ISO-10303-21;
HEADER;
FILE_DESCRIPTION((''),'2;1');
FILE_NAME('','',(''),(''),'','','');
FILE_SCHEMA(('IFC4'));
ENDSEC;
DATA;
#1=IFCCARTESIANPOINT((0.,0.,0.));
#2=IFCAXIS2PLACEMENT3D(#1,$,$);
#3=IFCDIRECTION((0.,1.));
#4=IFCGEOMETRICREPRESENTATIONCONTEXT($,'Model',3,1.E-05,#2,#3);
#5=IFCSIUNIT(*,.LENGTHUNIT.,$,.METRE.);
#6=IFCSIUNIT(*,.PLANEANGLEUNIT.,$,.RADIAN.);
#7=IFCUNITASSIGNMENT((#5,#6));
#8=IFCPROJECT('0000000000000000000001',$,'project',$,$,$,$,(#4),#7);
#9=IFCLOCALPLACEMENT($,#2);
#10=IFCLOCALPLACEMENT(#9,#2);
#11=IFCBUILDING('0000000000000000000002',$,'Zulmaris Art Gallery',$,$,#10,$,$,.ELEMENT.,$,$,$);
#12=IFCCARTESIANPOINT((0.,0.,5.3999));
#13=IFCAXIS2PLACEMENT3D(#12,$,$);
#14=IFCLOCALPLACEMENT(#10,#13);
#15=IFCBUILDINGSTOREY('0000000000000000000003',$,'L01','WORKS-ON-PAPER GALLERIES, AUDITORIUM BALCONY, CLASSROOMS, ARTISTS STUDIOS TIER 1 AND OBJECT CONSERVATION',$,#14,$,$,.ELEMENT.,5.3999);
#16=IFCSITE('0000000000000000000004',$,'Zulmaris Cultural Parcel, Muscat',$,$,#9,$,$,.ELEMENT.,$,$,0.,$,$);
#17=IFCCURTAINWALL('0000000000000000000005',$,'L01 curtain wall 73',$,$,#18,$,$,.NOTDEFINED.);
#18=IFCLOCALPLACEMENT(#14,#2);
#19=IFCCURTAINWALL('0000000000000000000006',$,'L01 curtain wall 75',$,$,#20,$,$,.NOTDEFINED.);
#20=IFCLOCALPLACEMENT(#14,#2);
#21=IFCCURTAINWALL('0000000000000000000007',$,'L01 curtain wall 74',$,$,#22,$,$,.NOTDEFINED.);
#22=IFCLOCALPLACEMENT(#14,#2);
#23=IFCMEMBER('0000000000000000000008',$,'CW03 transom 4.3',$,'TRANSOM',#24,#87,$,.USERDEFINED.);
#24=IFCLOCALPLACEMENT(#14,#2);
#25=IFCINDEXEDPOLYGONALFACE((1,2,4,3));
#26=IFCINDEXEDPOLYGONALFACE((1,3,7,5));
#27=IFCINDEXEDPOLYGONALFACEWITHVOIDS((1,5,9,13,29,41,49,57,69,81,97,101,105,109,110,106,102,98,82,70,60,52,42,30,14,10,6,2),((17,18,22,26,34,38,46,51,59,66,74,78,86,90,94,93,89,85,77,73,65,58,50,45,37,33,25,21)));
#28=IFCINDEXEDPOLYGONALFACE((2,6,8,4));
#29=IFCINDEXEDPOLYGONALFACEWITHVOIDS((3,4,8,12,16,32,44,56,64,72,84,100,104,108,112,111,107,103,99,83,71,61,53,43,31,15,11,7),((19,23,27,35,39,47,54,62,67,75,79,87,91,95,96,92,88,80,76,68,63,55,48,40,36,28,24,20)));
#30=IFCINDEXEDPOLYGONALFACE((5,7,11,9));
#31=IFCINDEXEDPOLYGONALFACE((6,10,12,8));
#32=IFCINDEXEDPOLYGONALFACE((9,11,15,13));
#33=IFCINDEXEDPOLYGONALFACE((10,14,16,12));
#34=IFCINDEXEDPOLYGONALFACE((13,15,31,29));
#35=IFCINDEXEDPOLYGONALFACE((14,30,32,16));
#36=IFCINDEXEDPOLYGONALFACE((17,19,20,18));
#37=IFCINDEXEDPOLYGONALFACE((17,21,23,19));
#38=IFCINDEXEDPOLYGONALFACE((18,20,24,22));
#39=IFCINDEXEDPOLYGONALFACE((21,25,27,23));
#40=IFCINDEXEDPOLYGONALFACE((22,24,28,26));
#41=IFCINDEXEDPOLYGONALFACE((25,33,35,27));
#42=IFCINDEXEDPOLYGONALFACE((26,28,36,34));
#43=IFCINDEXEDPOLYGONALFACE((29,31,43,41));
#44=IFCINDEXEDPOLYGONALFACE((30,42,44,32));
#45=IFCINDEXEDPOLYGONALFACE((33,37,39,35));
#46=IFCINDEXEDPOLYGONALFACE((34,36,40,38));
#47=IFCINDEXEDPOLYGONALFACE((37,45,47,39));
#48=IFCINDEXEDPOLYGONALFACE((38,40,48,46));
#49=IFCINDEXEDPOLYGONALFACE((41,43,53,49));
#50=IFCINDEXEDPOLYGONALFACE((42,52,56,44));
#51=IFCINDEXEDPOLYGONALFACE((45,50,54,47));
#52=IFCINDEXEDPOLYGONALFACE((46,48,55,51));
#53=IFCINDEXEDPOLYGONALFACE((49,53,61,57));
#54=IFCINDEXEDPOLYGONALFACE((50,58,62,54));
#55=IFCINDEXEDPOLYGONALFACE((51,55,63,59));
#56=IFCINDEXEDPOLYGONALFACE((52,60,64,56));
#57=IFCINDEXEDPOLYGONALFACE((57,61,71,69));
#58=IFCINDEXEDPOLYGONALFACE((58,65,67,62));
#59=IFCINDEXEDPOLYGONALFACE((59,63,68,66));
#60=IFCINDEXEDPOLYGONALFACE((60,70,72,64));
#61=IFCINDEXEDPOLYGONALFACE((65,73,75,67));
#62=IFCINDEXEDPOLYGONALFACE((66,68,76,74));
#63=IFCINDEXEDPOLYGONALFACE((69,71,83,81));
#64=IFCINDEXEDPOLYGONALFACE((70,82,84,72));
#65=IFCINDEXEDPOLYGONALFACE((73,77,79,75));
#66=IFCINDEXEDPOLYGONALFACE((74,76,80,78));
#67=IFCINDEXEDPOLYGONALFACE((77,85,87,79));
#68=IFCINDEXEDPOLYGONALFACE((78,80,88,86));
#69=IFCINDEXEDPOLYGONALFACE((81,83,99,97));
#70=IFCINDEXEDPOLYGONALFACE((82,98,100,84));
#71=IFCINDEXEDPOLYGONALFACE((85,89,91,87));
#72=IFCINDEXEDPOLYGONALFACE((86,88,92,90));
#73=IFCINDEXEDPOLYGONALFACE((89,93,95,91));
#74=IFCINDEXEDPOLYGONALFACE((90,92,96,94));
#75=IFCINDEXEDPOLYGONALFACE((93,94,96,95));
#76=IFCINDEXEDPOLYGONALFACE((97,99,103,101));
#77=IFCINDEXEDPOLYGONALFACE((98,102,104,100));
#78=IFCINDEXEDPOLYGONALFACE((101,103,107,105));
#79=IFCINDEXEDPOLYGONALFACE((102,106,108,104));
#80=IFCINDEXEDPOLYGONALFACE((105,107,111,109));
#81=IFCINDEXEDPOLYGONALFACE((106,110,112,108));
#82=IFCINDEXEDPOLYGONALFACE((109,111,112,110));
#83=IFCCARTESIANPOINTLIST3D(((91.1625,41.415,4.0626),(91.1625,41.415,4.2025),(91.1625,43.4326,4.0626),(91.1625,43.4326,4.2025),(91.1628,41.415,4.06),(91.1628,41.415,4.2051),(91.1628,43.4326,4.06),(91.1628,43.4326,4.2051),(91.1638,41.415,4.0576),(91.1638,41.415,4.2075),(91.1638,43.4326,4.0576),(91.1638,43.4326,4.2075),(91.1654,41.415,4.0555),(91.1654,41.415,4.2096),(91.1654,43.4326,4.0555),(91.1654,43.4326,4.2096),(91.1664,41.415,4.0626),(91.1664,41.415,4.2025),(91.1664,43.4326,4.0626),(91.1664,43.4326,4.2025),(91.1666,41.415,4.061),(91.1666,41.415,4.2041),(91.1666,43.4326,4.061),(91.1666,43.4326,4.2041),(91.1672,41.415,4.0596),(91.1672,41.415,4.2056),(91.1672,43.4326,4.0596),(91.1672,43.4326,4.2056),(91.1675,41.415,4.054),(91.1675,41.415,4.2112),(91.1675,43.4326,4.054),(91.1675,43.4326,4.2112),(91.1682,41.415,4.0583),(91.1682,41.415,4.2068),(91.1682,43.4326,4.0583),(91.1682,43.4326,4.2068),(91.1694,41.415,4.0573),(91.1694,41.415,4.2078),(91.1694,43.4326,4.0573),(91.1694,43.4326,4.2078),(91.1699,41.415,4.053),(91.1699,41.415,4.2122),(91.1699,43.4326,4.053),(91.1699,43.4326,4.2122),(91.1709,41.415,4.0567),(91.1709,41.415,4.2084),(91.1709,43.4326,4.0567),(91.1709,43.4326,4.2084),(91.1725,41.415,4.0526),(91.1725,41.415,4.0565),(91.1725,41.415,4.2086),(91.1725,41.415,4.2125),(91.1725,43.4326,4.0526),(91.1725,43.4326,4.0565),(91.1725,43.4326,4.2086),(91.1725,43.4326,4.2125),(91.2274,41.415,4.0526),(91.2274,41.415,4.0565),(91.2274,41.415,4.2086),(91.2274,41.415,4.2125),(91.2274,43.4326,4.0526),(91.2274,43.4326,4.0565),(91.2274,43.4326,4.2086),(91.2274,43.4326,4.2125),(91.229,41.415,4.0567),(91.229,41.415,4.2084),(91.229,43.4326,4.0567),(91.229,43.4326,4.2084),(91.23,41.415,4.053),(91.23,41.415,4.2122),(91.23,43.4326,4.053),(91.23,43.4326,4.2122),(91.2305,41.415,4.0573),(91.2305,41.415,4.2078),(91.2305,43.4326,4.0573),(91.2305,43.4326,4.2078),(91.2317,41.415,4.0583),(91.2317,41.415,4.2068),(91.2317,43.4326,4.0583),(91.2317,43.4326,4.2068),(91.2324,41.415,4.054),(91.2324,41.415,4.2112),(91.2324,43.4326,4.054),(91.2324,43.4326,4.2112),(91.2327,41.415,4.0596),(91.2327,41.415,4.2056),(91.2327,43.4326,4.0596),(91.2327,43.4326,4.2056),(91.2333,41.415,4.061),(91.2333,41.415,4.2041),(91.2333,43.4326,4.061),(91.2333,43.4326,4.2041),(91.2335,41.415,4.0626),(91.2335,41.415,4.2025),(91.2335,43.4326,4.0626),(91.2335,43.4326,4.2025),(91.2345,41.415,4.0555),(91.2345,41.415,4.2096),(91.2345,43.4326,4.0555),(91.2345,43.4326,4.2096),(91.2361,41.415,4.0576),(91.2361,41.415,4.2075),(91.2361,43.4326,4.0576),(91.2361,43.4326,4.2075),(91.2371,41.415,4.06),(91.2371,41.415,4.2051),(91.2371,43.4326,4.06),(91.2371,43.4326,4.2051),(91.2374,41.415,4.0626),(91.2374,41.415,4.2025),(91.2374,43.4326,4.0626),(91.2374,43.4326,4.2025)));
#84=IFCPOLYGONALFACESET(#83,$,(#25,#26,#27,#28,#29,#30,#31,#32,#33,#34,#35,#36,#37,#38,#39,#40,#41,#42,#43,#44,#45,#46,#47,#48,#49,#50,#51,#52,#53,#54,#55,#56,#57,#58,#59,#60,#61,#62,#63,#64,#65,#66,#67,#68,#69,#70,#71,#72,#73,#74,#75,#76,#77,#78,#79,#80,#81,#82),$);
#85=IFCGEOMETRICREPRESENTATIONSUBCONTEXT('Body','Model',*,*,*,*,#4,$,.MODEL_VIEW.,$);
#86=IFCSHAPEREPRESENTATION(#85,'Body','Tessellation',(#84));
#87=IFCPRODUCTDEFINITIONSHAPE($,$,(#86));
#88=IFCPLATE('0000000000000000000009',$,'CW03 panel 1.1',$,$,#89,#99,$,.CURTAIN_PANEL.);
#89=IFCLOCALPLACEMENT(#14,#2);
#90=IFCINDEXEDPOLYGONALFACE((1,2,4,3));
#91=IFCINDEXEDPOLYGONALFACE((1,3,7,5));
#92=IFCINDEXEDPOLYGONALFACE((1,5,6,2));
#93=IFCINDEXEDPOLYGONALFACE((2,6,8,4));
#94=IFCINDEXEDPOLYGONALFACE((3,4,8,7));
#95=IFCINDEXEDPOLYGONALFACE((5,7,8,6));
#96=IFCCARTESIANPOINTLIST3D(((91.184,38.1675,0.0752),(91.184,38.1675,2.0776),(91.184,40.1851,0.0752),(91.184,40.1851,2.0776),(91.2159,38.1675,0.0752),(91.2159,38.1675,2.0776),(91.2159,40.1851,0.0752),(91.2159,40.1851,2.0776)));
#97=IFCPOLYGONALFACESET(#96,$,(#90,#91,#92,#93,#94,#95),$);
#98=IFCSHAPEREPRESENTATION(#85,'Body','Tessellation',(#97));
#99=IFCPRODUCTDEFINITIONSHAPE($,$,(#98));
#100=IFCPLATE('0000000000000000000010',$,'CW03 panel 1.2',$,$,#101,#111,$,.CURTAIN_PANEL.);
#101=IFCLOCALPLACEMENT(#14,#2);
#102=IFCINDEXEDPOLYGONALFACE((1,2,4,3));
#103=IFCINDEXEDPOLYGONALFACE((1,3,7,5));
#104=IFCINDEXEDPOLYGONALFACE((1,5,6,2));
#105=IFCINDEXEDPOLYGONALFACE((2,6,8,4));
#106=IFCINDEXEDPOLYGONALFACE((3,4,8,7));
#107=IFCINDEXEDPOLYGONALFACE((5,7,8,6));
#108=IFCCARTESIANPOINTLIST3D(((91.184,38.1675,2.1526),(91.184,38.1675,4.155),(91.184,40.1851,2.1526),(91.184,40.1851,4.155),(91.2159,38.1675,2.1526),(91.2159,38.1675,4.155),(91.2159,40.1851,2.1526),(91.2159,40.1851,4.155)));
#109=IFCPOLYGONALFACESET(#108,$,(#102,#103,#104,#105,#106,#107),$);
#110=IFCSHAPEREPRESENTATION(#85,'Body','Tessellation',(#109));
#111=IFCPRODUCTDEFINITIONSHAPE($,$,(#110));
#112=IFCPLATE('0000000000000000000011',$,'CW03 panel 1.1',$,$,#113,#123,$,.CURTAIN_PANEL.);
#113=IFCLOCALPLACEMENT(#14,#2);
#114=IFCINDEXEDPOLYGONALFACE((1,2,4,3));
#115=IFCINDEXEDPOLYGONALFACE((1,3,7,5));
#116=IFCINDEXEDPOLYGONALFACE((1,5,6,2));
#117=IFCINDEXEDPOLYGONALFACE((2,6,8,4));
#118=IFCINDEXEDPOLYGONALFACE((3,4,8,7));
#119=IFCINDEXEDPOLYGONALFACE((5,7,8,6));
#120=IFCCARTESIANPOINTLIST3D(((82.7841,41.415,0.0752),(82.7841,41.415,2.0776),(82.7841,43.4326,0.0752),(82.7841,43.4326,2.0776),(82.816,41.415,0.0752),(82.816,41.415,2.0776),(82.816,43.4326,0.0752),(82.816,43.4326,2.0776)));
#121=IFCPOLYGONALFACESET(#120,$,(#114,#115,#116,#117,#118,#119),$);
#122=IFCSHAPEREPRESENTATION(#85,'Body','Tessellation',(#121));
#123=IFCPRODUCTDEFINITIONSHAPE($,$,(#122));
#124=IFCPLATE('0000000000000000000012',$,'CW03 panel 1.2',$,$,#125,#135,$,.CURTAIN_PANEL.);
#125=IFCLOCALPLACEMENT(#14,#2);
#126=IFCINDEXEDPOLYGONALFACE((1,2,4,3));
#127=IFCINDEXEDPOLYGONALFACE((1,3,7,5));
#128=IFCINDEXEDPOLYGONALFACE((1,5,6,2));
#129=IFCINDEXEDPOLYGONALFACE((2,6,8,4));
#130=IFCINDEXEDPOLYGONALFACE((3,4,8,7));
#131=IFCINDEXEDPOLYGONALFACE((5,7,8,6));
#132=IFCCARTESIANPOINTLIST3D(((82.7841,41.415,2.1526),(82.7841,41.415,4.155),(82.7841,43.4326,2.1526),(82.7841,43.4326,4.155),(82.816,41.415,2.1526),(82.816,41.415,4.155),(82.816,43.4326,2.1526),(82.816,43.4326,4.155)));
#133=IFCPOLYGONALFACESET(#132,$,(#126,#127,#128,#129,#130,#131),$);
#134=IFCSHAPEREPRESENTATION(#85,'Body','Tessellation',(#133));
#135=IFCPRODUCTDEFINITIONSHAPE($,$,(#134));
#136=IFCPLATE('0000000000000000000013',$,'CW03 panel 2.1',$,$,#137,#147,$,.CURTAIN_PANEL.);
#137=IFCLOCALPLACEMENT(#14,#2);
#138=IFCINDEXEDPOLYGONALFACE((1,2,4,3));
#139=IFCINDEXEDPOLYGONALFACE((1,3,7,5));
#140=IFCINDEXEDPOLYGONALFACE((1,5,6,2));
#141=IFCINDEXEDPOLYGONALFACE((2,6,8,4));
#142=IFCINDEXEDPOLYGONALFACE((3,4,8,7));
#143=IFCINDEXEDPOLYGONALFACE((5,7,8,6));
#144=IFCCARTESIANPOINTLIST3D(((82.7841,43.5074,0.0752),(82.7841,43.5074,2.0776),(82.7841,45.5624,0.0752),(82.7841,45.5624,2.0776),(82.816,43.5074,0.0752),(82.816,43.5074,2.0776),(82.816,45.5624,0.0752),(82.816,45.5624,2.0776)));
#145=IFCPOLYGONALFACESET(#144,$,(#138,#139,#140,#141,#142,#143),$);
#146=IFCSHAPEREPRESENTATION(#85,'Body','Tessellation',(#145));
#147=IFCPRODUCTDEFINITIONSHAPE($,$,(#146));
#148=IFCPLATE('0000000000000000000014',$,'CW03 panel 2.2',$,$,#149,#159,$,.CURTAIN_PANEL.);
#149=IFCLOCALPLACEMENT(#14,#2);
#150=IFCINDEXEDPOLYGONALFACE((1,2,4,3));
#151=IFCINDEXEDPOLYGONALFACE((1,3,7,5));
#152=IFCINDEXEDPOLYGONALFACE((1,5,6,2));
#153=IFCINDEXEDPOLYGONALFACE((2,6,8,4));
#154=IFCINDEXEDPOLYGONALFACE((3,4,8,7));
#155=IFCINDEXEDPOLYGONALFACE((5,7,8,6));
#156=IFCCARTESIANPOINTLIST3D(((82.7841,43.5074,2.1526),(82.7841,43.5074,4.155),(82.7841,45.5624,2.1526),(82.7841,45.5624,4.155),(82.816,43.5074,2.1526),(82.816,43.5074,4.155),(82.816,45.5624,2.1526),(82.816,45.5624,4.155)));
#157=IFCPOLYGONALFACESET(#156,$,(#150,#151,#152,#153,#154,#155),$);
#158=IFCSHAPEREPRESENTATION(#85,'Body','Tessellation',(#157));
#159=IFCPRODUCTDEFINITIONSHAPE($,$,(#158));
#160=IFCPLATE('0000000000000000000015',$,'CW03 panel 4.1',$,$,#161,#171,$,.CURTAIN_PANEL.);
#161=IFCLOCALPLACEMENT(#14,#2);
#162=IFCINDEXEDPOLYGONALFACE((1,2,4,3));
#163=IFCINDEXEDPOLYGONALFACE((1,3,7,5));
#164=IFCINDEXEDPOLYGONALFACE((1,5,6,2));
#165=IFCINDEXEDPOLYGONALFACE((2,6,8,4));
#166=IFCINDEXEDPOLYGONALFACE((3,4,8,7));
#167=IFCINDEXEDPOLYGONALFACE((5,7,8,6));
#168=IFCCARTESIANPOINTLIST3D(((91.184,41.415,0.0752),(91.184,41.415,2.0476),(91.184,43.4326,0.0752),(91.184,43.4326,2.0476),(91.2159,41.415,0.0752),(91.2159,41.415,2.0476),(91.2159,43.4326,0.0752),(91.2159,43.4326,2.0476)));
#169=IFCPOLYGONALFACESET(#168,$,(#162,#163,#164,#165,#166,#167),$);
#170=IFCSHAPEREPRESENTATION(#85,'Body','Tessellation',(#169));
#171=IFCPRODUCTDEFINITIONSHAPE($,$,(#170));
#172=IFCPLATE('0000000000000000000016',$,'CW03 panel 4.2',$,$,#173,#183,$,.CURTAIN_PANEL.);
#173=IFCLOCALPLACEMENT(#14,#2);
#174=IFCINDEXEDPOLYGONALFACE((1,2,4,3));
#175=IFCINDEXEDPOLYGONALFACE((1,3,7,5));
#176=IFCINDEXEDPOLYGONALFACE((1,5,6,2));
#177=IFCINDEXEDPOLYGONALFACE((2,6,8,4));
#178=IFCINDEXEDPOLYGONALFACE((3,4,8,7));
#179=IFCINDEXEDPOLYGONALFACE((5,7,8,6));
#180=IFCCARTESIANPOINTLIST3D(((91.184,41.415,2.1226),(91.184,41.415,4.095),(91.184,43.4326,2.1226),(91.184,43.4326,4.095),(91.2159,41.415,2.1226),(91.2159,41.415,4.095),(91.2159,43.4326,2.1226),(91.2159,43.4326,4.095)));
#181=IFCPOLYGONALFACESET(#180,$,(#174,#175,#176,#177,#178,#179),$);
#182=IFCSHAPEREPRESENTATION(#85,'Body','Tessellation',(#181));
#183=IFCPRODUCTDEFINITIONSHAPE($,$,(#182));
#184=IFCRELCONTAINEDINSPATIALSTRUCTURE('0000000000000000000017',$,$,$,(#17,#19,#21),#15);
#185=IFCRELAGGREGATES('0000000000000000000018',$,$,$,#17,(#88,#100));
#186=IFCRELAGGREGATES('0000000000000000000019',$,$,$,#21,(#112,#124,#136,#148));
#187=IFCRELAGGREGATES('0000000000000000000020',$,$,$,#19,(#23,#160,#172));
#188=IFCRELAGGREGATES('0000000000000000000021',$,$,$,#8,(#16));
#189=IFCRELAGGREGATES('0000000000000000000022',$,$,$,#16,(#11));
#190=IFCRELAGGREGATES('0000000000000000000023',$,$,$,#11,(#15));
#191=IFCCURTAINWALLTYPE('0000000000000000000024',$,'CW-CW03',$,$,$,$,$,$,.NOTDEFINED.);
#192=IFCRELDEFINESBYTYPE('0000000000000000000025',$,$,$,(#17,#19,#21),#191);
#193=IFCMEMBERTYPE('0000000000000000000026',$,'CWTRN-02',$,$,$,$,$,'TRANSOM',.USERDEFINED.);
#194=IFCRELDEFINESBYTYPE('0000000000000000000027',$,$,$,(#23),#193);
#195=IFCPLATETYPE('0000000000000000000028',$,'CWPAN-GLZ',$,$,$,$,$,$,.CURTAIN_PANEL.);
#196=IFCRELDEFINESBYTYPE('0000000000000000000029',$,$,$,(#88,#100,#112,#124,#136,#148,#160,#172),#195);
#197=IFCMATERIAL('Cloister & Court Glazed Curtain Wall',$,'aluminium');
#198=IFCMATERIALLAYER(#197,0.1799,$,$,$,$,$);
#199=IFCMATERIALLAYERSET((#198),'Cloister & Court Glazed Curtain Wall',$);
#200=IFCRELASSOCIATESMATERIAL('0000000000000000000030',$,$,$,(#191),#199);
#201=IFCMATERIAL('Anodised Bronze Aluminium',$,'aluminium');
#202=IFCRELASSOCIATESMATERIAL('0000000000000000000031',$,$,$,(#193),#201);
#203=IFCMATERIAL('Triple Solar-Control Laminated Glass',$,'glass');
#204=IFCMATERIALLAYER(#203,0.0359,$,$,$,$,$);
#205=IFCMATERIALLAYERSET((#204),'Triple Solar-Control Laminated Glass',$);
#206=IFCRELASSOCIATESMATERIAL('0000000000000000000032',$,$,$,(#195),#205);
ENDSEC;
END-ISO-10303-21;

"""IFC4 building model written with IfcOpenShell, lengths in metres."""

from ifc_helpers import new_model, si_unit, direction, frame, origin, origin_2d, place, context, subcontext, project, spatial, rectangle, hollow_rectangle, extrude, material, layer, layer_set, material_profile, profile_set, type_object, element, aggregate, save


model = new_model("IFC4")

# Units and contexts
model_context = context("Model", 3, precision=1e-05, world=origin(), true_north=direction((0.0, 1.0)))
body_context = subcontext(model_context, "Body", "Model", "MODEL_VIEW")
ifc_project = project(units=[si_unit("LENGTHUNIT", "METRE"), si_unit("PLANEANGLEUNIT", "RADIAN")], contexts=[model_context])

# Site, building, storey
site_placement = place(None, origin())
site = spatial("IfcSite", under=ifc_project, at=site_placement, Name="Zulmaris Cultural Parcel, Muscat", CompositionType="ELEMENT", RefElevation=0.0)
building_placement = place(site_placement, origin())
building = spatial("IfcBuilding", under=site, at=building_placement, Name="Zulmaris Art Gallery", CompositionType="ELEMENT")
storey_placement = place(building_placement, frame((0.0, 0.0, 5.3999)))
storey = spatial("IfcBuildingStorey", under=building, at=storey_placement, Name="L01", Description="WORKS-ON-PAPER GALLERIES, AUDITORIUM BALCONY, CLASSROOMS, ARTISTS STUDIOS TIER 1 AND OBJECT CONSERVATION", CompositionType="ELEMENT", Elevation=5.3999)

# Curtain walls
ifc_material_1 = material(Name="Cloister & Court Glazed Curtain Wall", Category="aluminium")
ifc_layer_1 = layer(ifc_material_1, 0.1799)
ifc_layer_set_1 = layer_set([ifc_layer_1], Name="Cloister & Court Glazed Curtain Wall")
curtain_wall_type = type_object("IfcCurtainWallType", Name="CW-CW03", PredefinedType="NOTDEFINED", material=ifc_layer_set_1)
curtain_wall_1_placement = place(storey_placement, origin())
curtain_wall_1 = element("IfcCurtainWall", 1, at=curtain_wall_1_placement, inside=storey, type_object=curtain_wall_type, Name="L01 curtain wall 73", PredefinedType="NOTDEFINED")
ifc_material_2 = material(Name="Anodised Bronze Aluminium", Category="aluminium")
curtain_wall_2_placement = place(storey_placement, origin())
curtain_wall_2 = element("IfcCurtainWall", 2, at=curtain_wall_2_placement, inside=storey, type_object=curtain_wall_type, Name="L01 curtain wall 75", PredefinedType="NOTDEFINED")

# Shared definitions
ifc_material_profile_1 = material_profile(ifc_material_2, hollow_rectangle(XDim=0.075, YDim=0.1599, WallThickness=0.0039, InnerFilletRadius=0.0061, OuterFilletRadius=0.01, at=origin_2d()), Name="ALU 75x160x4")
ifc_profile_set_1 = profile_set([ifc_material_profile_1], Name="Anodised Bronze Aluminium")
member_type_1 = type_object("IfcMemberType", Name="CWTRN-02", ElementType="TRANSOM", PredefinedType="USERDEFINED", material=ifc_profile_set_1)

# Curtain wall
curtain_wall_3_placement = place(storey_placement, origin())
curtain_wall_3 = element("IfcCurtainWall", 3, at=curtain_wall_3_placement, inside=storey, type_object=curtain_wall_type, Name="L01 curtain wall 74", PredefinedType="NOTDEFINED")

# Member
member_1_placement = place(storey_placement, frame((91.2, 43.4326, 4.1326), z_axis=(0.0, -1.0, 0.0), x_axis=(1.0, 0.0, 0.0)))
member_1 = element("IfcMember", 4, at=member_1_placement, type_object=member_type_1, Name="CW03 transom 4.3", ObjectType="TRANSOM", PredefinedType="USERDEFINED", context=body_context, shape_type="SweptSolid", body=[
    extrude(hollow_rectangle(XDim=0.075, YDim=0.1599, WallThickness=0.0039, InnerFilletRadius=0.0061, OuterFilletRadius=0.01, at=origin_2d()), origin(), (0.0, 0.0, 1.0), 2.0176),
])

# Plates
ifc_material_3 = material(Name="Triple Solar-Control Laminated Glass", Category="glass")
ifc_layer_2 = layer(ifc_material_3, 0.0359)
ifc_layer_set_2 = layer_set([ifc_layer_2], Name="Triple Solar-Control Laminated Glass")
plate_type = type_object("IfcPlateType", Name="CWPAN-GLZ", PredefinedType="CURTAIN_PANEL", material=ifc_layer_set_2)
plate_1_placement = place(storey_placement, frame((91.2, 39.1763, 0.0752), z_axis=(0.0, 0.0, 1.0), x_axis=(0.0, -1.0, 0.0)))
plate_1 = element("IfcPlate", 5, at=plate_1_placement, type_object=plate_type, Name="CW03 panel 1.1", PredefinedType="CURTAIN_PANEL", context=body_context, shape_type="SweptSolid", body=[
    extrude(rectangle(XDim=2.0176, YDim=0.032, at=origin_2d()), origin(), (0.0, 0.0, 1.0), 2.0024),
])
plate_2_placement = place(storey_placement, frame((91.2, 39.1763, 2.1526), z_axis=(0.0, 0.0, 1.0), x_axis=(0.0, -1.0, 0.0)))
plate_2 = element("IfcPlate", 6, at=plate_2_placement, type_object=plate_type, Name="CW03 panel 1.2", PredefinedType="CURTAIN_PANEL", context=body_context, shape_type="SweptSolid", body=[
    extrude(rectangle(XDim=2.0176, YDim=0.032, at=origin_2d()), origin(), (0.0, 0.0, 1.0), 2.0024),
])
aggregate(curtain_wall_1, [plate_1, plate_2])
plate_3_placement = place(storey_placement, frame((82.8, 42.4238, 0.0752), z_axis=(0.0, 0.0, 1.0), x_axis=(0.0, 1.0, 0.0)))
plate_3 = element("IfcPlate", 7, at=plate_3_placement, type_object=plate_type, Name="CW03 panel 1.1", PredefinedType="CURTAIN_PANEL", context=body_context, shape_type="SweptSolid", body=[
    extrude(rectangle(XDim=2.0176, YDim=0.032, at=origin_2d()), origin(), (0.0, 0.0, 1.0), 2.0024),
])
plate_4_placement = place(storey_placement, frame((82.8, 42.4238, 2.1526), z_axis=(0.0, 0.0, 1.0), x_axis=(0.0, 1.0, 0.0)))
plate_4 = element("IfcPlate", 8, at=plate_4_placement, type_object=plate_type, Name="CW03 panel 1.2", PredefinedType="CURTAIN_PANEL", context=body_context, shape_type="SweptSolid", body=[
    extrude(rectangle(XDim=2.0176, YDim=0.032, at=origin_2d()), origin(), (0.0, 0.0, 1.0), 2.0024),
])
plate_5_placement = place(storey_placement, frame((82.8, 44.5349, 0.0752), z_axis=(0.0, 0.0, 1.0), x_axis=(0.0, 1.0, 0.0)))
plate_5 = element("IfcPlate", 9, at=plate_5_placement, type_object=plate_type, Name="CW03 panel 2.1", PredefinedType="CURTAIN_PANEL", context=body_context, shape_type="SweptSolid", body=[
    extrude(rectangle(XDim=2.0549, YDim=0.032, at=origin_2d()), origin(), (0.0, 0.0, 1.0), 2.0024),
])
plate_6_placement = place(storey_placement, frame((82.8, 44.5349, 2.1526), z_axis=(0.0, 0.0, 1.0), x_axis=(0.0, 1.0, 0.0)))
plate_6 = element("IfcPlate", 10, at=plate_6_placement, type_object=plate_type, Name="CW03 panel 2.2", PredefinedType="CURTAIN_PANEL", context=body_context, shape_type="SweptSolid", body=[
    extrude(rectangle(XDim=2.0549, YDim=0.032, at=origin_2d()), origin(), (0.0, 0.0, 1.0), 2.0024),
])
aggregate(curtain_wall_3, [plate_3, plate_4, plate_5, plate_6])
plate_7_placement = place(storey_placement, frame((91.2, 42.4238, 0.0752), z_axis=(0.0, 0.0, 1.0), x_axis=(0.0, -1.0, 0.0)))
plate_7 = element("IfcPlate", 11, at=plate_7_placement, type_object=plate_type, Name="CW03 panel 4.1", PredefinedType="CURTAIN_PANEL", context=body_context, shape_type="SweptSolid", body=[
    extrude(rectangle(XDim=2.0176, YDim=0.032, at=origin_2d()), origin(), (0.0, 0.0, 1.0), 1.9724),
])
plate_8_placement = place(storey_placement, frame((91.2, 42.4238, 2.1226), z_axis=(0.0, 0.0, 1.0), x_axis=(0.0, -1.0, 0.0)))
plate_8 = element("IfcPlate", 12, at=plate_8_placement, type_object=plate_type, Name="CW03 panel 4.2", PredefinedType="CURTAIN_PANEL", context=body_context, shape_type="SweptSolid", body=[
    extrude(rectangle(XDim=2.0176, YDim=0.032, at=origin_2d()), origin(), (0.0, 0.0, 1.0), 1.9724),
])
aggregate(curtain_wall_2, [member_1, plate_7, plate_8])

save(model, "model.ifc")
